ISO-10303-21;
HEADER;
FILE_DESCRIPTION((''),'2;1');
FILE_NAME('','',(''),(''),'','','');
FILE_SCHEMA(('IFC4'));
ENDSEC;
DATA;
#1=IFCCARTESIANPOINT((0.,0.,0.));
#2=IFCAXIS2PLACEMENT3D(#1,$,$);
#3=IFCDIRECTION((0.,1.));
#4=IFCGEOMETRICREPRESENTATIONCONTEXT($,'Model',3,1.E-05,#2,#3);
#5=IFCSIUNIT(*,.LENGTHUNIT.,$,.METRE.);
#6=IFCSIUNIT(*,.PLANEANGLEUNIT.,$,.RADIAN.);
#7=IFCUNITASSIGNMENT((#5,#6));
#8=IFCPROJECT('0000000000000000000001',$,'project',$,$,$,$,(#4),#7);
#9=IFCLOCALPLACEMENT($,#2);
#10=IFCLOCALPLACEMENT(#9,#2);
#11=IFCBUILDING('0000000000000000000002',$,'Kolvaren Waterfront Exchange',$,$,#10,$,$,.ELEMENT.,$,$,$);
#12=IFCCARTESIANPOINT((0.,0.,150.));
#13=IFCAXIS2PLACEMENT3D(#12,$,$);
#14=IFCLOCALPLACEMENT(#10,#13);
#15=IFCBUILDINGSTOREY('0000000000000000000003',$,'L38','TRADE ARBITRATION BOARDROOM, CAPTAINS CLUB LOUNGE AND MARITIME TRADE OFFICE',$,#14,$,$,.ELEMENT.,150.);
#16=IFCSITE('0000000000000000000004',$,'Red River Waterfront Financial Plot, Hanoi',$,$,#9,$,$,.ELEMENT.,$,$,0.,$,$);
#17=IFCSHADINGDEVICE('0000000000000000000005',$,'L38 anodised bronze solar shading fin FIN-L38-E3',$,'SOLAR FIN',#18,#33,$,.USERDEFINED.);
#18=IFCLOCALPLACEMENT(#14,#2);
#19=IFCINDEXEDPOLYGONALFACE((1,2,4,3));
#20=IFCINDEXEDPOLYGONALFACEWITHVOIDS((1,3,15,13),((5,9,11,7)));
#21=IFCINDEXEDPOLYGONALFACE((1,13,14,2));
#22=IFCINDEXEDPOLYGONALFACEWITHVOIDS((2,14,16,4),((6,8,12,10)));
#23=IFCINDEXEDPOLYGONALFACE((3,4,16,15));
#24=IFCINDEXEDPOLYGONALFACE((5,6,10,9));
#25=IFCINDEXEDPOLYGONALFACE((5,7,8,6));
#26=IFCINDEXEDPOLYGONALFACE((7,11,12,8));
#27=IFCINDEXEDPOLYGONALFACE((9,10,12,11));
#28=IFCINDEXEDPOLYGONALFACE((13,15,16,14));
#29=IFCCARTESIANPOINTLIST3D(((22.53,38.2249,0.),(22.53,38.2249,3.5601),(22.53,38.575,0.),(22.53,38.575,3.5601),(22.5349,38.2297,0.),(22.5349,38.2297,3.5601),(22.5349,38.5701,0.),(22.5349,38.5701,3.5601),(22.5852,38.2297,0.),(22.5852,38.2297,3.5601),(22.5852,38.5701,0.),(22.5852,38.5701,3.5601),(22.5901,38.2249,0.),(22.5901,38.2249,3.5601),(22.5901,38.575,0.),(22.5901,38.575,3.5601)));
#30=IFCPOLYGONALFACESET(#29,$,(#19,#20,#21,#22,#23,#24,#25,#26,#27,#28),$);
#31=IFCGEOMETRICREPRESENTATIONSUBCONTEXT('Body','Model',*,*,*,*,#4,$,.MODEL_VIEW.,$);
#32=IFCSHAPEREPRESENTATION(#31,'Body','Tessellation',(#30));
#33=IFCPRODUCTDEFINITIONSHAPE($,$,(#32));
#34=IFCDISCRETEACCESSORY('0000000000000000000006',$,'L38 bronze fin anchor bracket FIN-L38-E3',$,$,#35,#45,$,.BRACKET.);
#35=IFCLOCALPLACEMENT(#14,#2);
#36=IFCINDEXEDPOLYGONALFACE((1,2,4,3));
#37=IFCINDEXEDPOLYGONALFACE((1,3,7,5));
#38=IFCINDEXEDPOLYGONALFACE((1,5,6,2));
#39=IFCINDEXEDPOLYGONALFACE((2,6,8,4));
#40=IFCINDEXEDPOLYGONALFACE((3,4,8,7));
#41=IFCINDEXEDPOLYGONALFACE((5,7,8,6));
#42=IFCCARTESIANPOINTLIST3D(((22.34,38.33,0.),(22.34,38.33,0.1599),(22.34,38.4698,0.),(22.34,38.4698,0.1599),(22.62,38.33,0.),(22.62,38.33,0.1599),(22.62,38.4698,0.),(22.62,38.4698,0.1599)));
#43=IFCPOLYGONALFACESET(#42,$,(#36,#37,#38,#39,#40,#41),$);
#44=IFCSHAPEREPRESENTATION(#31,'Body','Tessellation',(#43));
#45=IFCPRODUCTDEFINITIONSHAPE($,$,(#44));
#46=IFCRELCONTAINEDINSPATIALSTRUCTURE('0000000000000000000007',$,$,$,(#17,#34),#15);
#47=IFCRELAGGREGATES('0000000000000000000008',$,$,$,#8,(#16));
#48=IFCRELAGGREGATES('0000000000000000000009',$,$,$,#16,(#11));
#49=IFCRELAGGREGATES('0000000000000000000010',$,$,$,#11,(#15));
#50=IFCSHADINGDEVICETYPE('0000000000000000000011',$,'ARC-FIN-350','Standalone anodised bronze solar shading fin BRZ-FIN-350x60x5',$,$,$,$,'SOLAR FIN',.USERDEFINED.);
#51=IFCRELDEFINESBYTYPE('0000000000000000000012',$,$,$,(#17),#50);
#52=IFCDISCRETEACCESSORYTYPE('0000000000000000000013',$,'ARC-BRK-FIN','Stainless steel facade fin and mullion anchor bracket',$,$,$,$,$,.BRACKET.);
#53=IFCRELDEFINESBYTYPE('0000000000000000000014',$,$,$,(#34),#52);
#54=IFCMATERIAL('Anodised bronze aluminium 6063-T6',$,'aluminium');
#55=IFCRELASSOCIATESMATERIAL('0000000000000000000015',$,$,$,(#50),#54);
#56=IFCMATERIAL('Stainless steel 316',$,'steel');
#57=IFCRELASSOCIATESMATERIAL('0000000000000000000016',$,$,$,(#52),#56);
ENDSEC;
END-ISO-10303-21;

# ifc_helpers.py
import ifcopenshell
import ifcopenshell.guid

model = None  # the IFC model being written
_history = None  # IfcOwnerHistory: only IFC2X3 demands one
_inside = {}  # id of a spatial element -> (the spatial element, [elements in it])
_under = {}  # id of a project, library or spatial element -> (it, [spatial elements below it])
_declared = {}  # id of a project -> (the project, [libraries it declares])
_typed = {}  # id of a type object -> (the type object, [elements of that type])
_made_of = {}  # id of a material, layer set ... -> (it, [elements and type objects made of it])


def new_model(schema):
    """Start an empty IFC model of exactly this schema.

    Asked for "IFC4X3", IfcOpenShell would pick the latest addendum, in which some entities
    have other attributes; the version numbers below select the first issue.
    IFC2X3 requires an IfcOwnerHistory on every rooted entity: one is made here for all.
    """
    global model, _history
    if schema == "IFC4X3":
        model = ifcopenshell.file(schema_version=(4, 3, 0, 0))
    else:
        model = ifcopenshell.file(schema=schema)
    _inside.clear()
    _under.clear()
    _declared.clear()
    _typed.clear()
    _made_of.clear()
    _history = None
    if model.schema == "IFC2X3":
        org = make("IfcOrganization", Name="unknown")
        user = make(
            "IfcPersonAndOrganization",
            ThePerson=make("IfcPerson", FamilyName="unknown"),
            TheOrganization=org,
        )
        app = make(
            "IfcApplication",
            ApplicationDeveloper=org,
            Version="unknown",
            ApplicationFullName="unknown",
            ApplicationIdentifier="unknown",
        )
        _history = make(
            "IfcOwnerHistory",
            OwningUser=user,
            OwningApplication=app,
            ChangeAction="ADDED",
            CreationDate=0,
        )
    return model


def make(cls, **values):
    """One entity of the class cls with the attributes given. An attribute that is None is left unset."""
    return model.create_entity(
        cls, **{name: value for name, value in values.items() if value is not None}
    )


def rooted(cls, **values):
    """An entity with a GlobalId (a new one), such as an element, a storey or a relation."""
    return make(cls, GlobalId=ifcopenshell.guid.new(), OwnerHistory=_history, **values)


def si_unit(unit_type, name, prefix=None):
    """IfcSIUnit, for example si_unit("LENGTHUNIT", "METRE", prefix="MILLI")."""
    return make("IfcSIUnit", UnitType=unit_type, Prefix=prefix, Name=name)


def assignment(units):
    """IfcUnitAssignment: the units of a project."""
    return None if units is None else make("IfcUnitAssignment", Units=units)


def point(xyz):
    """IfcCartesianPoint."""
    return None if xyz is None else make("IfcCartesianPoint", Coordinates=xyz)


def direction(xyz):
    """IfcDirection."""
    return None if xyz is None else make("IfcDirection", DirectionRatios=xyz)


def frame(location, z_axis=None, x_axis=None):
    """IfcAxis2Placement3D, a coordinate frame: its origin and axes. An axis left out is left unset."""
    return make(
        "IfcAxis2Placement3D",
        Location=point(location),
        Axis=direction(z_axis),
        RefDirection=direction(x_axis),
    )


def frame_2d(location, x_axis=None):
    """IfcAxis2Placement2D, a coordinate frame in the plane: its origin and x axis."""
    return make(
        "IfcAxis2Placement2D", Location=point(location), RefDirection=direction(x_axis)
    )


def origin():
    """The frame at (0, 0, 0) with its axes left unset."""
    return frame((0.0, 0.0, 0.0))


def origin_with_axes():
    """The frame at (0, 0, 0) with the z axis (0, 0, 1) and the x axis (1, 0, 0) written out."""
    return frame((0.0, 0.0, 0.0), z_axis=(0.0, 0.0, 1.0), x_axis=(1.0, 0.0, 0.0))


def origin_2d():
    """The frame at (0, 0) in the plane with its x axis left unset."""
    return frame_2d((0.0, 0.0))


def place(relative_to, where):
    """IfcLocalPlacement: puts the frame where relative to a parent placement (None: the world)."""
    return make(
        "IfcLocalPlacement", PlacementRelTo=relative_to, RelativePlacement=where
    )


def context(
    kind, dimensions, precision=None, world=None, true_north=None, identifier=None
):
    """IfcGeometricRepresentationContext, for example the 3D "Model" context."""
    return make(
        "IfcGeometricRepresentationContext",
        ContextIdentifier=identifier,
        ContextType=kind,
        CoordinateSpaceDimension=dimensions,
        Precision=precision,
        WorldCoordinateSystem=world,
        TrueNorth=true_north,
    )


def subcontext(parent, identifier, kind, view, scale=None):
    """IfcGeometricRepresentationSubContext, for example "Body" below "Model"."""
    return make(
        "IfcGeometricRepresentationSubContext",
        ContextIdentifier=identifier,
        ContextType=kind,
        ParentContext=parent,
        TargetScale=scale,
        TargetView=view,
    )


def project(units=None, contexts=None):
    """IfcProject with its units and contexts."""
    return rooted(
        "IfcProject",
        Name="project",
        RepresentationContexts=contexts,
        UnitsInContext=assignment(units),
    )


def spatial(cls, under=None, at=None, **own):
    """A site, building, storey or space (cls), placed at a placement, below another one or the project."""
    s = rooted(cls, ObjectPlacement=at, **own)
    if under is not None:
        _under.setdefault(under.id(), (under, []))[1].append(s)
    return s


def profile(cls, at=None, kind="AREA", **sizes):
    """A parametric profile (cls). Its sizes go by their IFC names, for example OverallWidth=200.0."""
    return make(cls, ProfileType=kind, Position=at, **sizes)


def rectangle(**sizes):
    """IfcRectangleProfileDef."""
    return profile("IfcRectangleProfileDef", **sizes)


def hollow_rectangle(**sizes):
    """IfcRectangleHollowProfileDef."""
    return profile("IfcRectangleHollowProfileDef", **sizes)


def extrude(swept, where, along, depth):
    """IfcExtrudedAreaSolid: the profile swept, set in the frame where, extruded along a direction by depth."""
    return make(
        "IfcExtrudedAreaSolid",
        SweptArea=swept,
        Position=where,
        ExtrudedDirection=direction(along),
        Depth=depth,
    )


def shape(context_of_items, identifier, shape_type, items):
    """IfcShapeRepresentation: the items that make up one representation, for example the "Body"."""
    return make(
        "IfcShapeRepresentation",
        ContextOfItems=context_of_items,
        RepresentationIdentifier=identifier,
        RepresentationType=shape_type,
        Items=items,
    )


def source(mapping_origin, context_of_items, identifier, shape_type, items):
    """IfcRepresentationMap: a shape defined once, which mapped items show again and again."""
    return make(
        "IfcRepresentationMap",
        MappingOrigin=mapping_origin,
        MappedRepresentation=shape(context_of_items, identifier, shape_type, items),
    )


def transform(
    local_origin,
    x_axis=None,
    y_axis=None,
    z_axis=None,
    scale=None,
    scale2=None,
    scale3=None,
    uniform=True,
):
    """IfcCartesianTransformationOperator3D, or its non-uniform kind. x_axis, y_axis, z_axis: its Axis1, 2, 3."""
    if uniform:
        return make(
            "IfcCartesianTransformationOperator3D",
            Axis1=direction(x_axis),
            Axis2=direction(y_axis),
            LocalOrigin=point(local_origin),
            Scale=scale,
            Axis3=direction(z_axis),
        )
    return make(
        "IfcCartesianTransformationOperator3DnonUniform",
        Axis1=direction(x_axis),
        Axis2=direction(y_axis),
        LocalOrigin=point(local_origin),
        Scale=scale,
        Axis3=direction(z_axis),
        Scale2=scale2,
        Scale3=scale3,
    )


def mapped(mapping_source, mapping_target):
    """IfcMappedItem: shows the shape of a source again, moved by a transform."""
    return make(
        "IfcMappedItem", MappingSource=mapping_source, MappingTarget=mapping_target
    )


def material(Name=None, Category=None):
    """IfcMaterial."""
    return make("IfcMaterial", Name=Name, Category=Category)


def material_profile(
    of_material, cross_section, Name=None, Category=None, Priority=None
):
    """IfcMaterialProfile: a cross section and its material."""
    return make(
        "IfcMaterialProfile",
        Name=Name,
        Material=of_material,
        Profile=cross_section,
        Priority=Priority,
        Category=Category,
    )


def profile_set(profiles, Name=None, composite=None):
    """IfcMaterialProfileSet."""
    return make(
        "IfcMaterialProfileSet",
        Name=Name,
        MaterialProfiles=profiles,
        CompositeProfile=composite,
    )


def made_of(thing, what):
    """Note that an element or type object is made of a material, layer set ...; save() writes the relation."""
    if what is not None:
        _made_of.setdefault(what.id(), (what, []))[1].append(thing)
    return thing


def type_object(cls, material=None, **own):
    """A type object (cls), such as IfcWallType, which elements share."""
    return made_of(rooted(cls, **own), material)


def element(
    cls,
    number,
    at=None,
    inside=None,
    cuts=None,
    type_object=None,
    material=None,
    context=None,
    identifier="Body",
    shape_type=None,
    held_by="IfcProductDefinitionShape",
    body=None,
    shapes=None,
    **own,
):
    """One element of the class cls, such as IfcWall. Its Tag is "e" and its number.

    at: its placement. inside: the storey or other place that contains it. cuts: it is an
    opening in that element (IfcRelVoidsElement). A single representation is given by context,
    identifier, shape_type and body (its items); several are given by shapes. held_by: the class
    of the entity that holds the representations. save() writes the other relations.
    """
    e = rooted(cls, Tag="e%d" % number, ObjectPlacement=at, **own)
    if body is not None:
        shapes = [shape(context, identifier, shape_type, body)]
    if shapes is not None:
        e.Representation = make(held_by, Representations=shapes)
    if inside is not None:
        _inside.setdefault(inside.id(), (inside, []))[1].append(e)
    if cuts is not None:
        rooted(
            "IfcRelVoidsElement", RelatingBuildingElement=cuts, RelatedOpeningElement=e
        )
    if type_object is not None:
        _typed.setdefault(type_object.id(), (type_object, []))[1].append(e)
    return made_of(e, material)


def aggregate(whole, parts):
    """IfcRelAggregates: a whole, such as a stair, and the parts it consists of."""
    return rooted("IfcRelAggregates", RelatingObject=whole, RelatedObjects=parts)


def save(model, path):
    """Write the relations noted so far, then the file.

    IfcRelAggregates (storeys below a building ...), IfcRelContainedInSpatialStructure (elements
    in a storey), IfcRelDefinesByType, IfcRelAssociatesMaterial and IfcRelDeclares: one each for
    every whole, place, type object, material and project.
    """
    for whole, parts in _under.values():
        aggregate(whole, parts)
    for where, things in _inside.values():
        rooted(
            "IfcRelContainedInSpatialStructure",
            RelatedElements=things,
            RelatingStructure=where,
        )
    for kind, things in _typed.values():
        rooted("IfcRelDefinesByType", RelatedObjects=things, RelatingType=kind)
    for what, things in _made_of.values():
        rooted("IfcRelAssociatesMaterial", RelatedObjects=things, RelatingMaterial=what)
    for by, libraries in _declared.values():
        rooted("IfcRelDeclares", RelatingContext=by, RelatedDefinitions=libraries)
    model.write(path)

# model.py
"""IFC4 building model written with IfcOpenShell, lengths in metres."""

from ifc_helpers import new_model, si_unit, direction, frame, origin, origin_with_axes, origin_2d, place, context, subcontext, project, spatial, rectangle, hollow_rectangle, extrude, source, transform, mapped, material, material_profile, profile_set, type_object, element, save


model = new_model("IFC4")

# Units and contexts
model_context = context("Model", 3, precision=1e-05, world=origin(), true_north=direction((0.0, 1.0)))
body_context = subcontext(model_context, "Body", "Model", "MODEL_VIEW")
ifc_project = project(units=[si_unit("LENGTHUNIT", "METRE"), si_unit("PLANEANGLEUNIT", "RADIAN")], contexts=[model_context])

# Site, building, storey
site_placement = place(None, origin())
site = spatial("IfcSite", under=ifc_project, at=site_placement, Name="Red River Waterfront Financial Plot, Hanoi", CompositionType="ELEMENT", RefElevation=0.0)
building_placement = place(site_placement, origin())
building = spatial("IfcBuilding", under=site, at=building_placement, Name="Kolvaren Waterfront Exchange", CompositionType="ELEMENT")
storey_placement = place(building_placement, frame((0.0, 0.0, 150.0)))
storey = spatial("IfcBuildingStorey", under=building, at=storey_placement, Name="L38", Description="TRADE ARBITRATION BOARDROOM, CAPTAINS CLUB LOUNGE AND MARITIME TRADE OFFICE", CompositionType="ELEMENT", Elevation=150.0)

# Shared definitions
ifc_material_1 = material(Name="Anodised bronze aluminium 6063-T6", Category="aluminium")

# Shading device
ifc_material_profile_1 = material_profile(ifc_material_1, hollow_rectangle(XDim=0.0601, YDim=0.3501, WallThickness=0.0049, at=origin_2d()), Name="BRZ-FIN-350x60x5")
ifc_profile_set_1 = profile_set([ifc_material_profile_1], Name="Anodised bronze aluminium 6063-T6")
shading_device_type = type_object("IfcShadingDeviceType", Name="ARC-FIN-350", Description="Standalone anodised bronze solar shading fin BRZ-FIN-350x60x5", ElementType="SOLAR FIN", PredefinedType="USERDEFINED", material=ifc_profile_set_1)
shading_device_placement = place(storey_placement, frame((22.5601, 38.3999, 0.0), z_axis=(0.0, 0.0, 1.0), x_axis=(1.0, 0.0, 0.0)))
element("IfcShadingDevice", 1, at=shading_device_placement, inside=storey, type_object=shading_device_type, Name="L38 anodised bronze solar shading fin FIN-L38-E3", ObjectType="SOLAR FIN", PredefinedType="USERDEFINED", context=body_context, shape_type="SweptSolid", body=[
    extrude(hollow_rectangle(XDim=0.0601, YDim=0.3501, WallThickness=0.0049, at=origin_2d()), origin(), (0.0, 0.0, 1.0), 3.5601),
])

# Discrete accessory
ifc_material_2 = material(Name="Stainless steel 316", Category="steel")
discrete_accessory_type = type_object("IfcDiscreteAccessoryType", Name="ARC-BRK-FIN", Description="Stainless steel facade fin and mullion anchor bracket", PredefinedType="BRACKET", material=ifc_material_2)
shared_shape_1 = source(origin_with_axes(), body_context, "Body", "SweptSolid", [
    extrude(rectangle(XDim=0.28, YDim=0.1399, at=origin_2d()), origin(), (0.0, 0.0, 1.0), 0.1599),
])
discrete_accessory_placement = place(storey_placement, frame((22.48, 38.3999, 0.0), z_axis=(0.0, 0.0, 1.0), x_axis=(1.0, 0.0, 0.0)))
element("IfcDiscreteAccessory", 2, at=discrete_accessory_placement, inside=storey, type_object=discrete_accessory_type, Name="L38 bronze fin anchor bracket FIN-L38-E3", PredefinedType="BRACKET", context=body_context, shape_type="MappedRepresentation", body=[
    mapped(shared_shape_1, transform((0.0, 0.0, 0.0), x_axis=(1.0, 0.0, 0.0), y_axis=(0.0, 1.0, 0.0), z_axis=(0.0, 0.0, 1.0), scale=1.0)),
])

save(model, "model.ifc")
